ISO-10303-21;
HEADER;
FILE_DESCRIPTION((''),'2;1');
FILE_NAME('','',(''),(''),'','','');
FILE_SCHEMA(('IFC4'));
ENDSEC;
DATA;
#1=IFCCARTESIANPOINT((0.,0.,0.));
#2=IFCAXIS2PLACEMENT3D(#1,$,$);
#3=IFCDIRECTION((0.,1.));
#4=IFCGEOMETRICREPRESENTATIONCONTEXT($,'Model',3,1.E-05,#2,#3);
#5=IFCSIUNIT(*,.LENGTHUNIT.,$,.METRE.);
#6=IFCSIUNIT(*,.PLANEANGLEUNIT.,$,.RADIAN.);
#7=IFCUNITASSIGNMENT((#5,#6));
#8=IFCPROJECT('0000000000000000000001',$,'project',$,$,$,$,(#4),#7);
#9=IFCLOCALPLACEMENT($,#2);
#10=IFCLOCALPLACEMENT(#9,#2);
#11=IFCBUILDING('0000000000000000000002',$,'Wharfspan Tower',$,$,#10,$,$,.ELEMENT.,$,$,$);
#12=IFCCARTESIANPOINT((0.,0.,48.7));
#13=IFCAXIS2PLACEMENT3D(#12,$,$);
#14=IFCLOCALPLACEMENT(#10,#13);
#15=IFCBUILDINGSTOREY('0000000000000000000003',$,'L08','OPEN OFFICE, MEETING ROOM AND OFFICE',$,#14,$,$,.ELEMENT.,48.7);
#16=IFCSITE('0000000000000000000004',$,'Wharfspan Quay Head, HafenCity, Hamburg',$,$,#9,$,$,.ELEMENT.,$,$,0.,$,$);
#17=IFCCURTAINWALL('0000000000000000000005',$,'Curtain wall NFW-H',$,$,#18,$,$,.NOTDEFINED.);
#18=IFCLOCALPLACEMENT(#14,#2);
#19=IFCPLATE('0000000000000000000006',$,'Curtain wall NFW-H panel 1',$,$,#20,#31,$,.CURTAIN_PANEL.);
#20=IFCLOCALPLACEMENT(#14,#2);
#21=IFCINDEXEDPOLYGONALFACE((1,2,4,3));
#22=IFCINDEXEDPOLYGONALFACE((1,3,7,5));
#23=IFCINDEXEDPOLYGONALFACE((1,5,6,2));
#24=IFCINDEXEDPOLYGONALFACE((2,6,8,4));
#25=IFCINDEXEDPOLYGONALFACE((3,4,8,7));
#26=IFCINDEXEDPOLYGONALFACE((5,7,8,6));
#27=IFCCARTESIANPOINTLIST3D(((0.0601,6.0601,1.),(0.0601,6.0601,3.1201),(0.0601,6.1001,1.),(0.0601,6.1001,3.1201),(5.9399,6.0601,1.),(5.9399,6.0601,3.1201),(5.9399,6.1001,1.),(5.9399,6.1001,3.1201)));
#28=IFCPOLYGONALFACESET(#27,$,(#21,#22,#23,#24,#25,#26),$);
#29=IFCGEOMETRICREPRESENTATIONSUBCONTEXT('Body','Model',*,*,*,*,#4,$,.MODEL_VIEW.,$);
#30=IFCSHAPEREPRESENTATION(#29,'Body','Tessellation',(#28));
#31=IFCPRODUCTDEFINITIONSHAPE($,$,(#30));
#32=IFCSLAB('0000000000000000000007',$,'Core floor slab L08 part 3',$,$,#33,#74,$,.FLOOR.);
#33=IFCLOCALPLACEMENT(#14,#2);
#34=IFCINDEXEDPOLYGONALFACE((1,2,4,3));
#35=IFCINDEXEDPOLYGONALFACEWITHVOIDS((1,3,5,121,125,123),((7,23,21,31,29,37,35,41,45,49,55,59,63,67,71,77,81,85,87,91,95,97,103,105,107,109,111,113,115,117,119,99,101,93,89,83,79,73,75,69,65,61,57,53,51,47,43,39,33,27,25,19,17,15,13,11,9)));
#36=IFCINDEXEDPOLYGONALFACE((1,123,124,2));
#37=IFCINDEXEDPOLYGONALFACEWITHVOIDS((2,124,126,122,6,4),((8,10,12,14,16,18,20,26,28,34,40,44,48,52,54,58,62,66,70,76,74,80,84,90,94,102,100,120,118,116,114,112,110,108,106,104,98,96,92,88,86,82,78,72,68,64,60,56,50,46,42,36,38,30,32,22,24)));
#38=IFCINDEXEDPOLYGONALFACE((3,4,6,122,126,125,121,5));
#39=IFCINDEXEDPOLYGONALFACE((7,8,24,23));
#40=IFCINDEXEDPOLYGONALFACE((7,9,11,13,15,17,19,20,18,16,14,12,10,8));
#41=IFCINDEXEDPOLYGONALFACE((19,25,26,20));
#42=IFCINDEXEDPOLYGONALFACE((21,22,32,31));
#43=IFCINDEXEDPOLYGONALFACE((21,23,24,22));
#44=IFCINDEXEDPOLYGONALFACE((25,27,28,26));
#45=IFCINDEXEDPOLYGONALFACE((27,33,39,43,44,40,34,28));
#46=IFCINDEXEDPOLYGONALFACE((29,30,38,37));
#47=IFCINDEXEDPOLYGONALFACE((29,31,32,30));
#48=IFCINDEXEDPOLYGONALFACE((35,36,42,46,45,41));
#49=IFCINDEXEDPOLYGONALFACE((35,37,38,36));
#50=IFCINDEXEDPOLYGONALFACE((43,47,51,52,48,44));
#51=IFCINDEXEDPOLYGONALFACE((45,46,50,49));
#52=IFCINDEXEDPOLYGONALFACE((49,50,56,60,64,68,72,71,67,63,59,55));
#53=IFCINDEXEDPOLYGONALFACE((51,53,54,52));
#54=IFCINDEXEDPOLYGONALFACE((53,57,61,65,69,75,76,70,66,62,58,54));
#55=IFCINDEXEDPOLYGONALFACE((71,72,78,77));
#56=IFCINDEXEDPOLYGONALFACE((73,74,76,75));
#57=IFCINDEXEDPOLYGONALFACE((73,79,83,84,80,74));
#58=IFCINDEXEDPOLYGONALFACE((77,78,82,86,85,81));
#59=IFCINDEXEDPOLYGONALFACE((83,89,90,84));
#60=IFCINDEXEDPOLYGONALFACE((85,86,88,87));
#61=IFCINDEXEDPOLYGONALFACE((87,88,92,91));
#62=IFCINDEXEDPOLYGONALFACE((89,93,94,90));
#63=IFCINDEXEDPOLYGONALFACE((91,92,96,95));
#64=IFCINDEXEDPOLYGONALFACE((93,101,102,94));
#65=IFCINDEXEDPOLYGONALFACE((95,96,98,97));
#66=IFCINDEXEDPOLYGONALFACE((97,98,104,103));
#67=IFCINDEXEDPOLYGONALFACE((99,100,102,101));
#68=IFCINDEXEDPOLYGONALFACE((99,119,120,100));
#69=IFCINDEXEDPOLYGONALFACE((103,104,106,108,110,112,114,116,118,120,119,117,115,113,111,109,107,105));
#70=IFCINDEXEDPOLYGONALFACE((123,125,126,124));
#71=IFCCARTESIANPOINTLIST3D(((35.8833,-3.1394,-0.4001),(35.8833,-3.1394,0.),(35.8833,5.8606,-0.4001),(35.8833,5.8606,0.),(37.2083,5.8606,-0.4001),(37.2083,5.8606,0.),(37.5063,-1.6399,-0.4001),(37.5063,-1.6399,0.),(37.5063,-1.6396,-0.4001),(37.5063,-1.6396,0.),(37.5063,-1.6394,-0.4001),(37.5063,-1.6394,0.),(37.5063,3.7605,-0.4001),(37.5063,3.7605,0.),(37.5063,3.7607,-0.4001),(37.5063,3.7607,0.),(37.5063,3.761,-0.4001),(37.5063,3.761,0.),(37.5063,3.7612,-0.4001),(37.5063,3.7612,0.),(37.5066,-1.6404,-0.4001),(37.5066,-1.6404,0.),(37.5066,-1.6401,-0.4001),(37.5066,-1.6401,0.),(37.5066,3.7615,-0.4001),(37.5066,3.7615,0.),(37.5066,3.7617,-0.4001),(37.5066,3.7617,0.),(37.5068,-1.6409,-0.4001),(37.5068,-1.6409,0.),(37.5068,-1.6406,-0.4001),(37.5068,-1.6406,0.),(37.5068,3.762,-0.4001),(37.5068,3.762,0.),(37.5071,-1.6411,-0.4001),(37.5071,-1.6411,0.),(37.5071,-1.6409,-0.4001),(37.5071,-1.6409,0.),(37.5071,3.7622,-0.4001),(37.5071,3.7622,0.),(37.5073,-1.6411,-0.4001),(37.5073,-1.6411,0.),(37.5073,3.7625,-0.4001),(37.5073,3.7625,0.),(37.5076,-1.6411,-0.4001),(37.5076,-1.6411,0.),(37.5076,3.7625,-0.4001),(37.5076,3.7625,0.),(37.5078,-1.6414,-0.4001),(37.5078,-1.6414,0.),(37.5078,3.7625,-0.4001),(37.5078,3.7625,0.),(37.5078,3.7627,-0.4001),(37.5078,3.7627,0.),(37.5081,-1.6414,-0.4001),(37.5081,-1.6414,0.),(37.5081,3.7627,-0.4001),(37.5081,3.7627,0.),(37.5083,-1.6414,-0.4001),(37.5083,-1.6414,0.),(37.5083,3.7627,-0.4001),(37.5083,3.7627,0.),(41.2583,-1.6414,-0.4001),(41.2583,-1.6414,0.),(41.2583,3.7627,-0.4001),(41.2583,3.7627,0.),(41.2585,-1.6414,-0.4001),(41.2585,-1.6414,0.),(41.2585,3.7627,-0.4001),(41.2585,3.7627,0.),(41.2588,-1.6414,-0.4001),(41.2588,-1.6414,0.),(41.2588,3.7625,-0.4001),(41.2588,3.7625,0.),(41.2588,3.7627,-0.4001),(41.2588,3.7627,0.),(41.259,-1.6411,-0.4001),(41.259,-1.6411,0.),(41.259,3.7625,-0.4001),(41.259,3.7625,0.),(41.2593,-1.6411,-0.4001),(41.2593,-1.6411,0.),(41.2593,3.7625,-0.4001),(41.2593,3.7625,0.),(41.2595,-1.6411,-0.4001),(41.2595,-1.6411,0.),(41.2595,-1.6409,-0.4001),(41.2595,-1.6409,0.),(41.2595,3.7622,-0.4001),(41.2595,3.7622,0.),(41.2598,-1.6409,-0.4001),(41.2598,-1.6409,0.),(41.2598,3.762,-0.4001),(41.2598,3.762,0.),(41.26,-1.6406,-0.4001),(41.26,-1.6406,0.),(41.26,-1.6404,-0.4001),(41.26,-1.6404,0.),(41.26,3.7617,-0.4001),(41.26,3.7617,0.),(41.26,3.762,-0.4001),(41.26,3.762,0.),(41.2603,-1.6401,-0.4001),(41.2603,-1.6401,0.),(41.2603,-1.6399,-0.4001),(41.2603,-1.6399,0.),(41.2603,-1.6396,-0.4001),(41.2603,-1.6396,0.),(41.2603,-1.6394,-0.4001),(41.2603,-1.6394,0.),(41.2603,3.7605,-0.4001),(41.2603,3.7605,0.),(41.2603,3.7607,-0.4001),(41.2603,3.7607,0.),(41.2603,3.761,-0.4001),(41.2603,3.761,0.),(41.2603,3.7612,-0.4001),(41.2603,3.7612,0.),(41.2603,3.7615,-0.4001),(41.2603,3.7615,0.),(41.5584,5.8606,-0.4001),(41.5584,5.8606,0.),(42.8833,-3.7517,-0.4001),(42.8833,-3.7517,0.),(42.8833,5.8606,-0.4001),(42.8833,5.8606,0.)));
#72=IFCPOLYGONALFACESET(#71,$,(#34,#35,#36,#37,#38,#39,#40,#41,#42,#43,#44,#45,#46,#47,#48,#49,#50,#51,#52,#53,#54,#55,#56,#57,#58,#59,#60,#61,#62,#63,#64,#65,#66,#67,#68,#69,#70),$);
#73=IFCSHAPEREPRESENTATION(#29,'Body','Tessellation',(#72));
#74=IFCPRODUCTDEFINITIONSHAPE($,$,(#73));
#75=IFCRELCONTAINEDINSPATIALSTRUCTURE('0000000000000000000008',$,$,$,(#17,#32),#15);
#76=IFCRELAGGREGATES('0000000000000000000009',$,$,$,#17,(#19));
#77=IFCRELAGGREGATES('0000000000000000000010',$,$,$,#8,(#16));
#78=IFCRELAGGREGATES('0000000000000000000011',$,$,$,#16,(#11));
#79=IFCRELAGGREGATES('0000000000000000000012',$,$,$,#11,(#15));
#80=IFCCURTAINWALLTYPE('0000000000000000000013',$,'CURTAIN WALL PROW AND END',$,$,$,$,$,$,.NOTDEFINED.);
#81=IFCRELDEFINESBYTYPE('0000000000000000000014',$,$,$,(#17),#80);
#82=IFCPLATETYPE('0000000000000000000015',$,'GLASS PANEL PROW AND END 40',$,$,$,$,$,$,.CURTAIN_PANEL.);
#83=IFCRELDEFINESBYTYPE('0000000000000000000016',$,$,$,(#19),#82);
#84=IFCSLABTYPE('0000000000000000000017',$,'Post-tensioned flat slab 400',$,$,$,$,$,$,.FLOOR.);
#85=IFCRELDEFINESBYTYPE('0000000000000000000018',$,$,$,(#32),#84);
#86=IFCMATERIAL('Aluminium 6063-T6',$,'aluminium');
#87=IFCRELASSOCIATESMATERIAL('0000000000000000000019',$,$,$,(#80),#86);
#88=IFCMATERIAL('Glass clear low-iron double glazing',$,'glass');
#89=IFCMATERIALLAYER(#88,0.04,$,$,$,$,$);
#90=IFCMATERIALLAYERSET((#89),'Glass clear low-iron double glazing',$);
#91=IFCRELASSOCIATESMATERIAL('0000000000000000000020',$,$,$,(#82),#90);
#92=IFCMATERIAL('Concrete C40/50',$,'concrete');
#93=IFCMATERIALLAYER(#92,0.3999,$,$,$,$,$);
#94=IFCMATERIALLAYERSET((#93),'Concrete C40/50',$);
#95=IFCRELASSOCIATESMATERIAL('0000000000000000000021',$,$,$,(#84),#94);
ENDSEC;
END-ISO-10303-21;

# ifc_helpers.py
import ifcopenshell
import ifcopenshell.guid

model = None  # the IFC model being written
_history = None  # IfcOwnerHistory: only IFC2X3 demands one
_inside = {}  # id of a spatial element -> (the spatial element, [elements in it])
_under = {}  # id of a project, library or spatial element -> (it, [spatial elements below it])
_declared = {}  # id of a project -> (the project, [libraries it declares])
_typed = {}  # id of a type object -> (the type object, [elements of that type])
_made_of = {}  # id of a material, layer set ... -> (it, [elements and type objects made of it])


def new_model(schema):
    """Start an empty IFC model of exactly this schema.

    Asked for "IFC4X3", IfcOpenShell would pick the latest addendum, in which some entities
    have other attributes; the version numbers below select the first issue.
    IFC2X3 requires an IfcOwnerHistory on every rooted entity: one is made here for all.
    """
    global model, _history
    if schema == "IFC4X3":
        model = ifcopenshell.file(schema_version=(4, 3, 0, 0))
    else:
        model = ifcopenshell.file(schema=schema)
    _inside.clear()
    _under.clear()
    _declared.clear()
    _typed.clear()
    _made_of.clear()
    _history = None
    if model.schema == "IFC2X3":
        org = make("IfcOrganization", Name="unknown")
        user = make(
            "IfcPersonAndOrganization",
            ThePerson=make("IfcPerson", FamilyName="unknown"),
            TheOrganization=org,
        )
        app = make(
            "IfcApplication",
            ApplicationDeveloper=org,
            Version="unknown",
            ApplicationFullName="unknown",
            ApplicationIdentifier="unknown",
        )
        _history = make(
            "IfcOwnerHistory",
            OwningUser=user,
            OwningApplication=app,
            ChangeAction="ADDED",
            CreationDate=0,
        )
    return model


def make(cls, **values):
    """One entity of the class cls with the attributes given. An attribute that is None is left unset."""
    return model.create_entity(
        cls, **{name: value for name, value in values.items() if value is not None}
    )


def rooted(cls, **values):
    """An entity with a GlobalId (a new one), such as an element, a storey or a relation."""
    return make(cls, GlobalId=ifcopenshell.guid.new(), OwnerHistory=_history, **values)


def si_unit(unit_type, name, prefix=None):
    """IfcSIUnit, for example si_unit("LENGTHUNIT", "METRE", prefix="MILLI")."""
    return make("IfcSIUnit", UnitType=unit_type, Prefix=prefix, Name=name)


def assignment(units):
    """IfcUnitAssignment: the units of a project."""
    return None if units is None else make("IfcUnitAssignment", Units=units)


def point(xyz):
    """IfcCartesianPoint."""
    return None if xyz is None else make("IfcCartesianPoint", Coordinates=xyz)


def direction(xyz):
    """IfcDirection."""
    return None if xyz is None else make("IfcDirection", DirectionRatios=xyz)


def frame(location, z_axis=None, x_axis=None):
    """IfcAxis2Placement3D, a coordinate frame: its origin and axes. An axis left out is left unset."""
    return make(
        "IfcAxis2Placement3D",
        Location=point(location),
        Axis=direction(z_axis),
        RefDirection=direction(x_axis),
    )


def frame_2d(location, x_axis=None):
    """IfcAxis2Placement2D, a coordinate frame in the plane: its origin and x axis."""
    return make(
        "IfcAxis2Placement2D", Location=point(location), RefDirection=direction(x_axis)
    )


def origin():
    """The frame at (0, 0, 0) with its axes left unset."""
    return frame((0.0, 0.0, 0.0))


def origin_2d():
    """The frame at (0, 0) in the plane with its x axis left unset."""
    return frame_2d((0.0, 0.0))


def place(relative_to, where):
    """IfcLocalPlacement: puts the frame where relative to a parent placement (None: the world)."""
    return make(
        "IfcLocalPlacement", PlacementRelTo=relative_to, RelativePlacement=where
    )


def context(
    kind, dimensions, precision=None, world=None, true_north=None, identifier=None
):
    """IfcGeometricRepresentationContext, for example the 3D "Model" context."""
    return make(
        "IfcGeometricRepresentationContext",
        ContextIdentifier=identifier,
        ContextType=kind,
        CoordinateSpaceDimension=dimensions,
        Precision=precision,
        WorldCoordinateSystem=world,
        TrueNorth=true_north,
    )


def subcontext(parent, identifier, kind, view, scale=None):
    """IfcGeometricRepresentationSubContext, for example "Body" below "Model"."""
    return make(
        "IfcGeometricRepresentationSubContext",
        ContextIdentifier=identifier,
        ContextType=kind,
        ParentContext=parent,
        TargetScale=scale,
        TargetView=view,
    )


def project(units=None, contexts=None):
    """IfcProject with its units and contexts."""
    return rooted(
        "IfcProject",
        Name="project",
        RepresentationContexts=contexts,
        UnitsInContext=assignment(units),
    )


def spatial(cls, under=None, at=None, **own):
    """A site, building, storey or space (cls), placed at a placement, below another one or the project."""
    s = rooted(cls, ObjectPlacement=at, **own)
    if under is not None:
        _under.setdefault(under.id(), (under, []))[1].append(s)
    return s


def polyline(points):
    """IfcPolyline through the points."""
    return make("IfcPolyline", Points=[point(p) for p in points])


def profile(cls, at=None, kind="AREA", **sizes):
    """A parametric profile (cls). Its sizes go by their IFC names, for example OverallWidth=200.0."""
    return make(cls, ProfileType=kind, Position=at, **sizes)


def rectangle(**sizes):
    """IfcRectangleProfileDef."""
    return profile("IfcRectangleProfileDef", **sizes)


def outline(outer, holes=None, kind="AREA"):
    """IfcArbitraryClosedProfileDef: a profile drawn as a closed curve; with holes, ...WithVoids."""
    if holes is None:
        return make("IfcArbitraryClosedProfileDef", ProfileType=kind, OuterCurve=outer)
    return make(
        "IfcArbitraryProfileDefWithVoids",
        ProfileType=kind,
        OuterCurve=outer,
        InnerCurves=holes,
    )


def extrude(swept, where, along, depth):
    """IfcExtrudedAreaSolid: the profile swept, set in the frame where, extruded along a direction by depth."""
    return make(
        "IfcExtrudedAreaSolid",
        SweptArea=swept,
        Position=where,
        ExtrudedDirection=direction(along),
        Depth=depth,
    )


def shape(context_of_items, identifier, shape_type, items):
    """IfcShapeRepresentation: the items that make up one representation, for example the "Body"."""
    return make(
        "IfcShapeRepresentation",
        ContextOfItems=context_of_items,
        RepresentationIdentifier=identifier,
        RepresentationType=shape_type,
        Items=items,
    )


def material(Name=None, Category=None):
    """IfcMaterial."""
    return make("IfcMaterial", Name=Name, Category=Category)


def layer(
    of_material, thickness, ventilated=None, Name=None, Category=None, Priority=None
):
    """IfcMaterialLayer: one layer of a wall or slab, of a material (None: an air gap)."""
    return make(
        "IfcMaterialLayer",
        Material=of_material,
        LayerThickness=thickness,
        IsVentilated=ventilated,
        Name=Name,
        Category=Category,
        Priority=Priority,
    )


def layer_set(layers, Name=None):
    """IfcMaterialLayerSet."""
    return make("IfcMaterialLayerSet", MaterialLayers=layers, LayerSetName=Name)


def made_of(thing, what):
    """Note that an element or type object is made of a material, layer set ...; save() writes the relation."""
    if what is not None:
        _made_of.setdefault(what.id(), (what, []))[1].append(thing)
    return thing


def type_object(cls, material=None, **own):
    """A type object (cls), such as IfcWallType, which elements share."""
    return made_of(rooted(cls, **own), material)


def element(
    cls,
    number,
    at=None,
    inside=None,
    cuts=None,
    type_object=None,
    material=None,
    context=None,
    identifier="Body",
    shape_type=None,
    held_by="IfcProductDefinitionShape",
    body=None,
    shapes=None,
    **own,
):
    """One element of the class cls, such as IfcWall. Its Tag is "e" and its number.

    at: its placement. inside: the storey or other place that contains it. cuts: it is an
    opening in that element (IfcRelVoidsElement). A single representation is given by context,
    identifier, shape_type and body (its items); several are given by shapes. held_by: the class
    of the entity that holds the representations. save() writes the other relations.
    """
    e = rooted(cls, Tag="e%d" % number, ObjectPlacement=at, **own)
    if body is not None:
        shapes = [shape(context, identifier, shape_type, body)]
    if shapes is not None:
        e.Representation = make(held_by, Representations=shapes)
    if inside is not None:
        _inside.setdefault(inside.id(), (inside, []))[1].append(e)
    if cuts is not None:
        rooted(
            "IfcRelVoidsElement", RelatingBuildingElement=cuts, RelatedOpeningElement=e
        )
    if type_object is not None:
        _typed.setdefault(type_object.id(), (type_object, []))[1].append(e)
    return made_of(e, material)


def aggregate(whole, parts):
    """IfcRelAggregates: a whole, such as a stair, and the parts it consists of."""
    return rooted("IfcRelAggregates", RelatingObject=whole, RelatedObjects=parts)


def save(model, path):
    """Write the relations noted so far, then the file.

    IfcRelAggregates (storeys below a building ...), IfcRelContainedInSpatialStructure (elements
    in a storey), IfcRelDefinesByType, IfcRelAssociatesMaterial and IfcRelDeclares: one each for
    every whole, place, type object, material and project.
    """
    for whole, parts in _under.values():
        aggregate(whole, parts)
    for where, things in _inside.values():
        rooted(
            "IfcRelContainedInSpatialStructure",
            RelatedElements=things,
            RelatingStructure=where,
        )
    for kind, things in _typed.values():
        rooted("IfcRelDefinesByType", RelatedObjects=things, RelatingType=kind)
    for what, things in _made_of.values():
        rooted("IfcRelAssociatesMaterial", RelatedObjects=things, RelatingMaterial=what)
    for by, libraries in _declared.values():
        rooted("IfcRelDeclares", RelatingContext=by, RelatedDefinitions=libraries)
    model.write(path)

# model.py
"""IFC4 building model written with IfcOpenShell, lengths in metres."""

from ifc_helpers import new_model, si_unit, direction, frame, origin, origin_2d, place, context, subcontext, project, spatial, polyline, rectangle, outline, extrude, material, layer, layer_set, type_object, element, aggregate, save


model = new_model("IFC4")

# Units and contexts
model_context = context("Model", 3, precision=1e-05, world=origin(), true_north=direction((0.0, 1.0)))
body_context = subcontext(model_context, "Body", "Model", "MODEL_VIEW")
ifc_project = project(units=[si_unit("LENGTHUNIT", "METRE"), si_unit("PLANEANGLEUNIT", "RADIAN")], contexts=[model_context])

# Site, building, storey
site_placement = place(None, origin())
site = spatial("IfcSite", under=ifc_project, at=site_placement, Name="Wharfspan Quay Head, HafenCity, Hamburg", CompositionType="ELEMENT", RefElevation=0.0)
building_placement = place(site_placement, origin())
building = spatial("IfcBuilding", under=site, at=building_placement, Name="Wharfspan Tower", CompositionType="ELEMENT")
storey_placement = place(building_placement, frame((0.0, 0.0, 48.7)))
storey = spatial("IfcBuildingStorey", under=building, at=storey_placement, Name="L08", Description="OPEN OFFICE, MEETING ROOM AND OFFICE", CompositionType="ELEMENT", Elevation=48.7)

# Curtain wall
ifc_material_1 = material(Name="Aluminium 6063-T6", Category="aluminium")
curtain_wall_type = type_object("IfcCurtainWallType", Name="CURTAIN WALL PROW AND END", PredefinedType="NOTDEFINED", material=ifc_material_1)
curtain_wall_1_placement = place(storey_placement, origin())
curtain_wall_1 = element("IfcCurtainWall", 1, at=curtain_wall_1_placement, inside=storey, type_object=curtain_wall_type, Name="Curtain wall NFW-H", PredefinedType="NOTDEFINED")

# Plate
ifc_material_2 = material(Name="Glass clear low-iron double glazing", Category="glass")
ifc_layer_1 = layer(ifc_material_2, 0.04)
ifc_layer_set_1 = layer_set([ifc_layer_1], Name="Glass clear low-iron double glazing")
plate_type = type_object("IfcPlateType", Name="GLASS PANEL PROW AND END 40", PredefinedType="CURTAIN_PANEL", material=ifc_layer_set_1)
plate_1_placement = place(storey_placement, frame((3.0, 6.0801, 1.0), z_axis=(0.0, 0.0, 1.0), x_axis=(1.0, 0.0, 0.0)))
plate_1 = element("IfcPlate", 2, at=plate_1_placement, type_object=plate_type, Name="Curtain wall NFW-H panel 1", PredefinedType="CURTAIN_PANEL", context=body_context, shape_type="SweptSolid", body=[
    extrude(rectangle(XDim=5.8799, YDim=0.04, at=origin_2d()), origin(), (0.0, 0.0, 1.0), 2.1201),
])
aggregate(curtain_wall_1, [plate_1])

# Slab
ifc_material_3 = material(Name="Concrete C40/50", Category="concrete")
ifc_layer_2 = layer(ifc_material_3, 0.3999)
ifc_layer_set_2 = layer_set([ifc_layer_2], Name="Concrete C40/50")
slab_type = type_object("IfcSlabType", Name="Post-tensioned flat slab 400", PredefinedType="FLOOR", material=ifc_layer_set_2)
slab_1_placement = place(storey_placement, frame((0.0, 0.0, -0.4001)))
element("IfcSlab", 3, at=slab_1_placement, inside=storey, type_object=slab_type, Name="Core floor slab L08 part 3", PredefinedType="FLOOR", context=body_context, shape_type="SweptSolid", body=[
    extrude(outline(polyline([(41.5583, 5.8606), (37.2083, 5.8606), (35.8833, 5.8606), (35.8833, -3.1394), (42.8833, -3.7517), (42.8833, 5.8606), (41.5583, 5.8606)]), holes=[polyline([(37.5063, 3.7605), (37.5063, 3.7607), (37.5063, 3.761), (37.5063, 3.7612), (37.5066, 3.7615), (37.5066, 3.7617), (37.5066, 3.7617), (37.5068, 3.762), (37.5068, 3.762), (37.5071, 3.7622), (37.5071, 3.7622), (37.5073, 3.7625), (37.5076, 3.7625), (37.5078, 3.7625), (37.5078, 3.7627), (37.5081, 3.7627), (37.5083, 3.7627), (41.2583, 3.7627), (41.2585, 3.7627), (41.2588, 3.7627), (41.2588, 3.7625), (41.259, 3.7625), (41.2593, 3.7625), (41.2595, 3.7622), (41.2595, 3.7622), (41.2598, 3.762), (41.26, 3.762), (41.26, 3.7617), (41.26, 3.7617), (41.2603, 3.7615), (41.2603, 3.7612), (41.2603, 3.761), (41.2603, 3.7607), (41.2603, 3.7605), (41.2603, -1.6394), (41.2603, -1.6396), (41.2603, -1.6399), (41.2603, -1.6399), (41.2603, -1.6401), (41.26, -1.6404), (41.26, -1.6404), (41.26, -1.6406), (41.2598, -1.6409), (41.2595, -1.6409), (41.2595, -1.6411), (41.2593, -1.6411), (41.259, -1.6411), (41.2588, -1.6414), (41.2588, -1.6414), (41.2585, -1.6414), (41.2583, -1.6414), (37.5083, -1.6414), (37.5081, -1.6414), (37.5078, -1.6414), (37.5078, -1.6414), (37.5076, -1.6411), (37.5073, -1.6411), (37.5071, -1.6411), (37.5071, -1.6409), (37.5068, -1.6409), (37.5068, -1.6406), (37.5066, -1.6404), (37.5066, -1.6404), (37.5066, -1.6401), (37.5063, -1.6399), (37.5063, -1.6399), (37.5063, -1.6396), (37.5063, -1.6394), (37.5063, 3.7605)])]), origin(), (0.0, 0.0, 1.0), 0.4001),
])

save(model, "model.ifc")
